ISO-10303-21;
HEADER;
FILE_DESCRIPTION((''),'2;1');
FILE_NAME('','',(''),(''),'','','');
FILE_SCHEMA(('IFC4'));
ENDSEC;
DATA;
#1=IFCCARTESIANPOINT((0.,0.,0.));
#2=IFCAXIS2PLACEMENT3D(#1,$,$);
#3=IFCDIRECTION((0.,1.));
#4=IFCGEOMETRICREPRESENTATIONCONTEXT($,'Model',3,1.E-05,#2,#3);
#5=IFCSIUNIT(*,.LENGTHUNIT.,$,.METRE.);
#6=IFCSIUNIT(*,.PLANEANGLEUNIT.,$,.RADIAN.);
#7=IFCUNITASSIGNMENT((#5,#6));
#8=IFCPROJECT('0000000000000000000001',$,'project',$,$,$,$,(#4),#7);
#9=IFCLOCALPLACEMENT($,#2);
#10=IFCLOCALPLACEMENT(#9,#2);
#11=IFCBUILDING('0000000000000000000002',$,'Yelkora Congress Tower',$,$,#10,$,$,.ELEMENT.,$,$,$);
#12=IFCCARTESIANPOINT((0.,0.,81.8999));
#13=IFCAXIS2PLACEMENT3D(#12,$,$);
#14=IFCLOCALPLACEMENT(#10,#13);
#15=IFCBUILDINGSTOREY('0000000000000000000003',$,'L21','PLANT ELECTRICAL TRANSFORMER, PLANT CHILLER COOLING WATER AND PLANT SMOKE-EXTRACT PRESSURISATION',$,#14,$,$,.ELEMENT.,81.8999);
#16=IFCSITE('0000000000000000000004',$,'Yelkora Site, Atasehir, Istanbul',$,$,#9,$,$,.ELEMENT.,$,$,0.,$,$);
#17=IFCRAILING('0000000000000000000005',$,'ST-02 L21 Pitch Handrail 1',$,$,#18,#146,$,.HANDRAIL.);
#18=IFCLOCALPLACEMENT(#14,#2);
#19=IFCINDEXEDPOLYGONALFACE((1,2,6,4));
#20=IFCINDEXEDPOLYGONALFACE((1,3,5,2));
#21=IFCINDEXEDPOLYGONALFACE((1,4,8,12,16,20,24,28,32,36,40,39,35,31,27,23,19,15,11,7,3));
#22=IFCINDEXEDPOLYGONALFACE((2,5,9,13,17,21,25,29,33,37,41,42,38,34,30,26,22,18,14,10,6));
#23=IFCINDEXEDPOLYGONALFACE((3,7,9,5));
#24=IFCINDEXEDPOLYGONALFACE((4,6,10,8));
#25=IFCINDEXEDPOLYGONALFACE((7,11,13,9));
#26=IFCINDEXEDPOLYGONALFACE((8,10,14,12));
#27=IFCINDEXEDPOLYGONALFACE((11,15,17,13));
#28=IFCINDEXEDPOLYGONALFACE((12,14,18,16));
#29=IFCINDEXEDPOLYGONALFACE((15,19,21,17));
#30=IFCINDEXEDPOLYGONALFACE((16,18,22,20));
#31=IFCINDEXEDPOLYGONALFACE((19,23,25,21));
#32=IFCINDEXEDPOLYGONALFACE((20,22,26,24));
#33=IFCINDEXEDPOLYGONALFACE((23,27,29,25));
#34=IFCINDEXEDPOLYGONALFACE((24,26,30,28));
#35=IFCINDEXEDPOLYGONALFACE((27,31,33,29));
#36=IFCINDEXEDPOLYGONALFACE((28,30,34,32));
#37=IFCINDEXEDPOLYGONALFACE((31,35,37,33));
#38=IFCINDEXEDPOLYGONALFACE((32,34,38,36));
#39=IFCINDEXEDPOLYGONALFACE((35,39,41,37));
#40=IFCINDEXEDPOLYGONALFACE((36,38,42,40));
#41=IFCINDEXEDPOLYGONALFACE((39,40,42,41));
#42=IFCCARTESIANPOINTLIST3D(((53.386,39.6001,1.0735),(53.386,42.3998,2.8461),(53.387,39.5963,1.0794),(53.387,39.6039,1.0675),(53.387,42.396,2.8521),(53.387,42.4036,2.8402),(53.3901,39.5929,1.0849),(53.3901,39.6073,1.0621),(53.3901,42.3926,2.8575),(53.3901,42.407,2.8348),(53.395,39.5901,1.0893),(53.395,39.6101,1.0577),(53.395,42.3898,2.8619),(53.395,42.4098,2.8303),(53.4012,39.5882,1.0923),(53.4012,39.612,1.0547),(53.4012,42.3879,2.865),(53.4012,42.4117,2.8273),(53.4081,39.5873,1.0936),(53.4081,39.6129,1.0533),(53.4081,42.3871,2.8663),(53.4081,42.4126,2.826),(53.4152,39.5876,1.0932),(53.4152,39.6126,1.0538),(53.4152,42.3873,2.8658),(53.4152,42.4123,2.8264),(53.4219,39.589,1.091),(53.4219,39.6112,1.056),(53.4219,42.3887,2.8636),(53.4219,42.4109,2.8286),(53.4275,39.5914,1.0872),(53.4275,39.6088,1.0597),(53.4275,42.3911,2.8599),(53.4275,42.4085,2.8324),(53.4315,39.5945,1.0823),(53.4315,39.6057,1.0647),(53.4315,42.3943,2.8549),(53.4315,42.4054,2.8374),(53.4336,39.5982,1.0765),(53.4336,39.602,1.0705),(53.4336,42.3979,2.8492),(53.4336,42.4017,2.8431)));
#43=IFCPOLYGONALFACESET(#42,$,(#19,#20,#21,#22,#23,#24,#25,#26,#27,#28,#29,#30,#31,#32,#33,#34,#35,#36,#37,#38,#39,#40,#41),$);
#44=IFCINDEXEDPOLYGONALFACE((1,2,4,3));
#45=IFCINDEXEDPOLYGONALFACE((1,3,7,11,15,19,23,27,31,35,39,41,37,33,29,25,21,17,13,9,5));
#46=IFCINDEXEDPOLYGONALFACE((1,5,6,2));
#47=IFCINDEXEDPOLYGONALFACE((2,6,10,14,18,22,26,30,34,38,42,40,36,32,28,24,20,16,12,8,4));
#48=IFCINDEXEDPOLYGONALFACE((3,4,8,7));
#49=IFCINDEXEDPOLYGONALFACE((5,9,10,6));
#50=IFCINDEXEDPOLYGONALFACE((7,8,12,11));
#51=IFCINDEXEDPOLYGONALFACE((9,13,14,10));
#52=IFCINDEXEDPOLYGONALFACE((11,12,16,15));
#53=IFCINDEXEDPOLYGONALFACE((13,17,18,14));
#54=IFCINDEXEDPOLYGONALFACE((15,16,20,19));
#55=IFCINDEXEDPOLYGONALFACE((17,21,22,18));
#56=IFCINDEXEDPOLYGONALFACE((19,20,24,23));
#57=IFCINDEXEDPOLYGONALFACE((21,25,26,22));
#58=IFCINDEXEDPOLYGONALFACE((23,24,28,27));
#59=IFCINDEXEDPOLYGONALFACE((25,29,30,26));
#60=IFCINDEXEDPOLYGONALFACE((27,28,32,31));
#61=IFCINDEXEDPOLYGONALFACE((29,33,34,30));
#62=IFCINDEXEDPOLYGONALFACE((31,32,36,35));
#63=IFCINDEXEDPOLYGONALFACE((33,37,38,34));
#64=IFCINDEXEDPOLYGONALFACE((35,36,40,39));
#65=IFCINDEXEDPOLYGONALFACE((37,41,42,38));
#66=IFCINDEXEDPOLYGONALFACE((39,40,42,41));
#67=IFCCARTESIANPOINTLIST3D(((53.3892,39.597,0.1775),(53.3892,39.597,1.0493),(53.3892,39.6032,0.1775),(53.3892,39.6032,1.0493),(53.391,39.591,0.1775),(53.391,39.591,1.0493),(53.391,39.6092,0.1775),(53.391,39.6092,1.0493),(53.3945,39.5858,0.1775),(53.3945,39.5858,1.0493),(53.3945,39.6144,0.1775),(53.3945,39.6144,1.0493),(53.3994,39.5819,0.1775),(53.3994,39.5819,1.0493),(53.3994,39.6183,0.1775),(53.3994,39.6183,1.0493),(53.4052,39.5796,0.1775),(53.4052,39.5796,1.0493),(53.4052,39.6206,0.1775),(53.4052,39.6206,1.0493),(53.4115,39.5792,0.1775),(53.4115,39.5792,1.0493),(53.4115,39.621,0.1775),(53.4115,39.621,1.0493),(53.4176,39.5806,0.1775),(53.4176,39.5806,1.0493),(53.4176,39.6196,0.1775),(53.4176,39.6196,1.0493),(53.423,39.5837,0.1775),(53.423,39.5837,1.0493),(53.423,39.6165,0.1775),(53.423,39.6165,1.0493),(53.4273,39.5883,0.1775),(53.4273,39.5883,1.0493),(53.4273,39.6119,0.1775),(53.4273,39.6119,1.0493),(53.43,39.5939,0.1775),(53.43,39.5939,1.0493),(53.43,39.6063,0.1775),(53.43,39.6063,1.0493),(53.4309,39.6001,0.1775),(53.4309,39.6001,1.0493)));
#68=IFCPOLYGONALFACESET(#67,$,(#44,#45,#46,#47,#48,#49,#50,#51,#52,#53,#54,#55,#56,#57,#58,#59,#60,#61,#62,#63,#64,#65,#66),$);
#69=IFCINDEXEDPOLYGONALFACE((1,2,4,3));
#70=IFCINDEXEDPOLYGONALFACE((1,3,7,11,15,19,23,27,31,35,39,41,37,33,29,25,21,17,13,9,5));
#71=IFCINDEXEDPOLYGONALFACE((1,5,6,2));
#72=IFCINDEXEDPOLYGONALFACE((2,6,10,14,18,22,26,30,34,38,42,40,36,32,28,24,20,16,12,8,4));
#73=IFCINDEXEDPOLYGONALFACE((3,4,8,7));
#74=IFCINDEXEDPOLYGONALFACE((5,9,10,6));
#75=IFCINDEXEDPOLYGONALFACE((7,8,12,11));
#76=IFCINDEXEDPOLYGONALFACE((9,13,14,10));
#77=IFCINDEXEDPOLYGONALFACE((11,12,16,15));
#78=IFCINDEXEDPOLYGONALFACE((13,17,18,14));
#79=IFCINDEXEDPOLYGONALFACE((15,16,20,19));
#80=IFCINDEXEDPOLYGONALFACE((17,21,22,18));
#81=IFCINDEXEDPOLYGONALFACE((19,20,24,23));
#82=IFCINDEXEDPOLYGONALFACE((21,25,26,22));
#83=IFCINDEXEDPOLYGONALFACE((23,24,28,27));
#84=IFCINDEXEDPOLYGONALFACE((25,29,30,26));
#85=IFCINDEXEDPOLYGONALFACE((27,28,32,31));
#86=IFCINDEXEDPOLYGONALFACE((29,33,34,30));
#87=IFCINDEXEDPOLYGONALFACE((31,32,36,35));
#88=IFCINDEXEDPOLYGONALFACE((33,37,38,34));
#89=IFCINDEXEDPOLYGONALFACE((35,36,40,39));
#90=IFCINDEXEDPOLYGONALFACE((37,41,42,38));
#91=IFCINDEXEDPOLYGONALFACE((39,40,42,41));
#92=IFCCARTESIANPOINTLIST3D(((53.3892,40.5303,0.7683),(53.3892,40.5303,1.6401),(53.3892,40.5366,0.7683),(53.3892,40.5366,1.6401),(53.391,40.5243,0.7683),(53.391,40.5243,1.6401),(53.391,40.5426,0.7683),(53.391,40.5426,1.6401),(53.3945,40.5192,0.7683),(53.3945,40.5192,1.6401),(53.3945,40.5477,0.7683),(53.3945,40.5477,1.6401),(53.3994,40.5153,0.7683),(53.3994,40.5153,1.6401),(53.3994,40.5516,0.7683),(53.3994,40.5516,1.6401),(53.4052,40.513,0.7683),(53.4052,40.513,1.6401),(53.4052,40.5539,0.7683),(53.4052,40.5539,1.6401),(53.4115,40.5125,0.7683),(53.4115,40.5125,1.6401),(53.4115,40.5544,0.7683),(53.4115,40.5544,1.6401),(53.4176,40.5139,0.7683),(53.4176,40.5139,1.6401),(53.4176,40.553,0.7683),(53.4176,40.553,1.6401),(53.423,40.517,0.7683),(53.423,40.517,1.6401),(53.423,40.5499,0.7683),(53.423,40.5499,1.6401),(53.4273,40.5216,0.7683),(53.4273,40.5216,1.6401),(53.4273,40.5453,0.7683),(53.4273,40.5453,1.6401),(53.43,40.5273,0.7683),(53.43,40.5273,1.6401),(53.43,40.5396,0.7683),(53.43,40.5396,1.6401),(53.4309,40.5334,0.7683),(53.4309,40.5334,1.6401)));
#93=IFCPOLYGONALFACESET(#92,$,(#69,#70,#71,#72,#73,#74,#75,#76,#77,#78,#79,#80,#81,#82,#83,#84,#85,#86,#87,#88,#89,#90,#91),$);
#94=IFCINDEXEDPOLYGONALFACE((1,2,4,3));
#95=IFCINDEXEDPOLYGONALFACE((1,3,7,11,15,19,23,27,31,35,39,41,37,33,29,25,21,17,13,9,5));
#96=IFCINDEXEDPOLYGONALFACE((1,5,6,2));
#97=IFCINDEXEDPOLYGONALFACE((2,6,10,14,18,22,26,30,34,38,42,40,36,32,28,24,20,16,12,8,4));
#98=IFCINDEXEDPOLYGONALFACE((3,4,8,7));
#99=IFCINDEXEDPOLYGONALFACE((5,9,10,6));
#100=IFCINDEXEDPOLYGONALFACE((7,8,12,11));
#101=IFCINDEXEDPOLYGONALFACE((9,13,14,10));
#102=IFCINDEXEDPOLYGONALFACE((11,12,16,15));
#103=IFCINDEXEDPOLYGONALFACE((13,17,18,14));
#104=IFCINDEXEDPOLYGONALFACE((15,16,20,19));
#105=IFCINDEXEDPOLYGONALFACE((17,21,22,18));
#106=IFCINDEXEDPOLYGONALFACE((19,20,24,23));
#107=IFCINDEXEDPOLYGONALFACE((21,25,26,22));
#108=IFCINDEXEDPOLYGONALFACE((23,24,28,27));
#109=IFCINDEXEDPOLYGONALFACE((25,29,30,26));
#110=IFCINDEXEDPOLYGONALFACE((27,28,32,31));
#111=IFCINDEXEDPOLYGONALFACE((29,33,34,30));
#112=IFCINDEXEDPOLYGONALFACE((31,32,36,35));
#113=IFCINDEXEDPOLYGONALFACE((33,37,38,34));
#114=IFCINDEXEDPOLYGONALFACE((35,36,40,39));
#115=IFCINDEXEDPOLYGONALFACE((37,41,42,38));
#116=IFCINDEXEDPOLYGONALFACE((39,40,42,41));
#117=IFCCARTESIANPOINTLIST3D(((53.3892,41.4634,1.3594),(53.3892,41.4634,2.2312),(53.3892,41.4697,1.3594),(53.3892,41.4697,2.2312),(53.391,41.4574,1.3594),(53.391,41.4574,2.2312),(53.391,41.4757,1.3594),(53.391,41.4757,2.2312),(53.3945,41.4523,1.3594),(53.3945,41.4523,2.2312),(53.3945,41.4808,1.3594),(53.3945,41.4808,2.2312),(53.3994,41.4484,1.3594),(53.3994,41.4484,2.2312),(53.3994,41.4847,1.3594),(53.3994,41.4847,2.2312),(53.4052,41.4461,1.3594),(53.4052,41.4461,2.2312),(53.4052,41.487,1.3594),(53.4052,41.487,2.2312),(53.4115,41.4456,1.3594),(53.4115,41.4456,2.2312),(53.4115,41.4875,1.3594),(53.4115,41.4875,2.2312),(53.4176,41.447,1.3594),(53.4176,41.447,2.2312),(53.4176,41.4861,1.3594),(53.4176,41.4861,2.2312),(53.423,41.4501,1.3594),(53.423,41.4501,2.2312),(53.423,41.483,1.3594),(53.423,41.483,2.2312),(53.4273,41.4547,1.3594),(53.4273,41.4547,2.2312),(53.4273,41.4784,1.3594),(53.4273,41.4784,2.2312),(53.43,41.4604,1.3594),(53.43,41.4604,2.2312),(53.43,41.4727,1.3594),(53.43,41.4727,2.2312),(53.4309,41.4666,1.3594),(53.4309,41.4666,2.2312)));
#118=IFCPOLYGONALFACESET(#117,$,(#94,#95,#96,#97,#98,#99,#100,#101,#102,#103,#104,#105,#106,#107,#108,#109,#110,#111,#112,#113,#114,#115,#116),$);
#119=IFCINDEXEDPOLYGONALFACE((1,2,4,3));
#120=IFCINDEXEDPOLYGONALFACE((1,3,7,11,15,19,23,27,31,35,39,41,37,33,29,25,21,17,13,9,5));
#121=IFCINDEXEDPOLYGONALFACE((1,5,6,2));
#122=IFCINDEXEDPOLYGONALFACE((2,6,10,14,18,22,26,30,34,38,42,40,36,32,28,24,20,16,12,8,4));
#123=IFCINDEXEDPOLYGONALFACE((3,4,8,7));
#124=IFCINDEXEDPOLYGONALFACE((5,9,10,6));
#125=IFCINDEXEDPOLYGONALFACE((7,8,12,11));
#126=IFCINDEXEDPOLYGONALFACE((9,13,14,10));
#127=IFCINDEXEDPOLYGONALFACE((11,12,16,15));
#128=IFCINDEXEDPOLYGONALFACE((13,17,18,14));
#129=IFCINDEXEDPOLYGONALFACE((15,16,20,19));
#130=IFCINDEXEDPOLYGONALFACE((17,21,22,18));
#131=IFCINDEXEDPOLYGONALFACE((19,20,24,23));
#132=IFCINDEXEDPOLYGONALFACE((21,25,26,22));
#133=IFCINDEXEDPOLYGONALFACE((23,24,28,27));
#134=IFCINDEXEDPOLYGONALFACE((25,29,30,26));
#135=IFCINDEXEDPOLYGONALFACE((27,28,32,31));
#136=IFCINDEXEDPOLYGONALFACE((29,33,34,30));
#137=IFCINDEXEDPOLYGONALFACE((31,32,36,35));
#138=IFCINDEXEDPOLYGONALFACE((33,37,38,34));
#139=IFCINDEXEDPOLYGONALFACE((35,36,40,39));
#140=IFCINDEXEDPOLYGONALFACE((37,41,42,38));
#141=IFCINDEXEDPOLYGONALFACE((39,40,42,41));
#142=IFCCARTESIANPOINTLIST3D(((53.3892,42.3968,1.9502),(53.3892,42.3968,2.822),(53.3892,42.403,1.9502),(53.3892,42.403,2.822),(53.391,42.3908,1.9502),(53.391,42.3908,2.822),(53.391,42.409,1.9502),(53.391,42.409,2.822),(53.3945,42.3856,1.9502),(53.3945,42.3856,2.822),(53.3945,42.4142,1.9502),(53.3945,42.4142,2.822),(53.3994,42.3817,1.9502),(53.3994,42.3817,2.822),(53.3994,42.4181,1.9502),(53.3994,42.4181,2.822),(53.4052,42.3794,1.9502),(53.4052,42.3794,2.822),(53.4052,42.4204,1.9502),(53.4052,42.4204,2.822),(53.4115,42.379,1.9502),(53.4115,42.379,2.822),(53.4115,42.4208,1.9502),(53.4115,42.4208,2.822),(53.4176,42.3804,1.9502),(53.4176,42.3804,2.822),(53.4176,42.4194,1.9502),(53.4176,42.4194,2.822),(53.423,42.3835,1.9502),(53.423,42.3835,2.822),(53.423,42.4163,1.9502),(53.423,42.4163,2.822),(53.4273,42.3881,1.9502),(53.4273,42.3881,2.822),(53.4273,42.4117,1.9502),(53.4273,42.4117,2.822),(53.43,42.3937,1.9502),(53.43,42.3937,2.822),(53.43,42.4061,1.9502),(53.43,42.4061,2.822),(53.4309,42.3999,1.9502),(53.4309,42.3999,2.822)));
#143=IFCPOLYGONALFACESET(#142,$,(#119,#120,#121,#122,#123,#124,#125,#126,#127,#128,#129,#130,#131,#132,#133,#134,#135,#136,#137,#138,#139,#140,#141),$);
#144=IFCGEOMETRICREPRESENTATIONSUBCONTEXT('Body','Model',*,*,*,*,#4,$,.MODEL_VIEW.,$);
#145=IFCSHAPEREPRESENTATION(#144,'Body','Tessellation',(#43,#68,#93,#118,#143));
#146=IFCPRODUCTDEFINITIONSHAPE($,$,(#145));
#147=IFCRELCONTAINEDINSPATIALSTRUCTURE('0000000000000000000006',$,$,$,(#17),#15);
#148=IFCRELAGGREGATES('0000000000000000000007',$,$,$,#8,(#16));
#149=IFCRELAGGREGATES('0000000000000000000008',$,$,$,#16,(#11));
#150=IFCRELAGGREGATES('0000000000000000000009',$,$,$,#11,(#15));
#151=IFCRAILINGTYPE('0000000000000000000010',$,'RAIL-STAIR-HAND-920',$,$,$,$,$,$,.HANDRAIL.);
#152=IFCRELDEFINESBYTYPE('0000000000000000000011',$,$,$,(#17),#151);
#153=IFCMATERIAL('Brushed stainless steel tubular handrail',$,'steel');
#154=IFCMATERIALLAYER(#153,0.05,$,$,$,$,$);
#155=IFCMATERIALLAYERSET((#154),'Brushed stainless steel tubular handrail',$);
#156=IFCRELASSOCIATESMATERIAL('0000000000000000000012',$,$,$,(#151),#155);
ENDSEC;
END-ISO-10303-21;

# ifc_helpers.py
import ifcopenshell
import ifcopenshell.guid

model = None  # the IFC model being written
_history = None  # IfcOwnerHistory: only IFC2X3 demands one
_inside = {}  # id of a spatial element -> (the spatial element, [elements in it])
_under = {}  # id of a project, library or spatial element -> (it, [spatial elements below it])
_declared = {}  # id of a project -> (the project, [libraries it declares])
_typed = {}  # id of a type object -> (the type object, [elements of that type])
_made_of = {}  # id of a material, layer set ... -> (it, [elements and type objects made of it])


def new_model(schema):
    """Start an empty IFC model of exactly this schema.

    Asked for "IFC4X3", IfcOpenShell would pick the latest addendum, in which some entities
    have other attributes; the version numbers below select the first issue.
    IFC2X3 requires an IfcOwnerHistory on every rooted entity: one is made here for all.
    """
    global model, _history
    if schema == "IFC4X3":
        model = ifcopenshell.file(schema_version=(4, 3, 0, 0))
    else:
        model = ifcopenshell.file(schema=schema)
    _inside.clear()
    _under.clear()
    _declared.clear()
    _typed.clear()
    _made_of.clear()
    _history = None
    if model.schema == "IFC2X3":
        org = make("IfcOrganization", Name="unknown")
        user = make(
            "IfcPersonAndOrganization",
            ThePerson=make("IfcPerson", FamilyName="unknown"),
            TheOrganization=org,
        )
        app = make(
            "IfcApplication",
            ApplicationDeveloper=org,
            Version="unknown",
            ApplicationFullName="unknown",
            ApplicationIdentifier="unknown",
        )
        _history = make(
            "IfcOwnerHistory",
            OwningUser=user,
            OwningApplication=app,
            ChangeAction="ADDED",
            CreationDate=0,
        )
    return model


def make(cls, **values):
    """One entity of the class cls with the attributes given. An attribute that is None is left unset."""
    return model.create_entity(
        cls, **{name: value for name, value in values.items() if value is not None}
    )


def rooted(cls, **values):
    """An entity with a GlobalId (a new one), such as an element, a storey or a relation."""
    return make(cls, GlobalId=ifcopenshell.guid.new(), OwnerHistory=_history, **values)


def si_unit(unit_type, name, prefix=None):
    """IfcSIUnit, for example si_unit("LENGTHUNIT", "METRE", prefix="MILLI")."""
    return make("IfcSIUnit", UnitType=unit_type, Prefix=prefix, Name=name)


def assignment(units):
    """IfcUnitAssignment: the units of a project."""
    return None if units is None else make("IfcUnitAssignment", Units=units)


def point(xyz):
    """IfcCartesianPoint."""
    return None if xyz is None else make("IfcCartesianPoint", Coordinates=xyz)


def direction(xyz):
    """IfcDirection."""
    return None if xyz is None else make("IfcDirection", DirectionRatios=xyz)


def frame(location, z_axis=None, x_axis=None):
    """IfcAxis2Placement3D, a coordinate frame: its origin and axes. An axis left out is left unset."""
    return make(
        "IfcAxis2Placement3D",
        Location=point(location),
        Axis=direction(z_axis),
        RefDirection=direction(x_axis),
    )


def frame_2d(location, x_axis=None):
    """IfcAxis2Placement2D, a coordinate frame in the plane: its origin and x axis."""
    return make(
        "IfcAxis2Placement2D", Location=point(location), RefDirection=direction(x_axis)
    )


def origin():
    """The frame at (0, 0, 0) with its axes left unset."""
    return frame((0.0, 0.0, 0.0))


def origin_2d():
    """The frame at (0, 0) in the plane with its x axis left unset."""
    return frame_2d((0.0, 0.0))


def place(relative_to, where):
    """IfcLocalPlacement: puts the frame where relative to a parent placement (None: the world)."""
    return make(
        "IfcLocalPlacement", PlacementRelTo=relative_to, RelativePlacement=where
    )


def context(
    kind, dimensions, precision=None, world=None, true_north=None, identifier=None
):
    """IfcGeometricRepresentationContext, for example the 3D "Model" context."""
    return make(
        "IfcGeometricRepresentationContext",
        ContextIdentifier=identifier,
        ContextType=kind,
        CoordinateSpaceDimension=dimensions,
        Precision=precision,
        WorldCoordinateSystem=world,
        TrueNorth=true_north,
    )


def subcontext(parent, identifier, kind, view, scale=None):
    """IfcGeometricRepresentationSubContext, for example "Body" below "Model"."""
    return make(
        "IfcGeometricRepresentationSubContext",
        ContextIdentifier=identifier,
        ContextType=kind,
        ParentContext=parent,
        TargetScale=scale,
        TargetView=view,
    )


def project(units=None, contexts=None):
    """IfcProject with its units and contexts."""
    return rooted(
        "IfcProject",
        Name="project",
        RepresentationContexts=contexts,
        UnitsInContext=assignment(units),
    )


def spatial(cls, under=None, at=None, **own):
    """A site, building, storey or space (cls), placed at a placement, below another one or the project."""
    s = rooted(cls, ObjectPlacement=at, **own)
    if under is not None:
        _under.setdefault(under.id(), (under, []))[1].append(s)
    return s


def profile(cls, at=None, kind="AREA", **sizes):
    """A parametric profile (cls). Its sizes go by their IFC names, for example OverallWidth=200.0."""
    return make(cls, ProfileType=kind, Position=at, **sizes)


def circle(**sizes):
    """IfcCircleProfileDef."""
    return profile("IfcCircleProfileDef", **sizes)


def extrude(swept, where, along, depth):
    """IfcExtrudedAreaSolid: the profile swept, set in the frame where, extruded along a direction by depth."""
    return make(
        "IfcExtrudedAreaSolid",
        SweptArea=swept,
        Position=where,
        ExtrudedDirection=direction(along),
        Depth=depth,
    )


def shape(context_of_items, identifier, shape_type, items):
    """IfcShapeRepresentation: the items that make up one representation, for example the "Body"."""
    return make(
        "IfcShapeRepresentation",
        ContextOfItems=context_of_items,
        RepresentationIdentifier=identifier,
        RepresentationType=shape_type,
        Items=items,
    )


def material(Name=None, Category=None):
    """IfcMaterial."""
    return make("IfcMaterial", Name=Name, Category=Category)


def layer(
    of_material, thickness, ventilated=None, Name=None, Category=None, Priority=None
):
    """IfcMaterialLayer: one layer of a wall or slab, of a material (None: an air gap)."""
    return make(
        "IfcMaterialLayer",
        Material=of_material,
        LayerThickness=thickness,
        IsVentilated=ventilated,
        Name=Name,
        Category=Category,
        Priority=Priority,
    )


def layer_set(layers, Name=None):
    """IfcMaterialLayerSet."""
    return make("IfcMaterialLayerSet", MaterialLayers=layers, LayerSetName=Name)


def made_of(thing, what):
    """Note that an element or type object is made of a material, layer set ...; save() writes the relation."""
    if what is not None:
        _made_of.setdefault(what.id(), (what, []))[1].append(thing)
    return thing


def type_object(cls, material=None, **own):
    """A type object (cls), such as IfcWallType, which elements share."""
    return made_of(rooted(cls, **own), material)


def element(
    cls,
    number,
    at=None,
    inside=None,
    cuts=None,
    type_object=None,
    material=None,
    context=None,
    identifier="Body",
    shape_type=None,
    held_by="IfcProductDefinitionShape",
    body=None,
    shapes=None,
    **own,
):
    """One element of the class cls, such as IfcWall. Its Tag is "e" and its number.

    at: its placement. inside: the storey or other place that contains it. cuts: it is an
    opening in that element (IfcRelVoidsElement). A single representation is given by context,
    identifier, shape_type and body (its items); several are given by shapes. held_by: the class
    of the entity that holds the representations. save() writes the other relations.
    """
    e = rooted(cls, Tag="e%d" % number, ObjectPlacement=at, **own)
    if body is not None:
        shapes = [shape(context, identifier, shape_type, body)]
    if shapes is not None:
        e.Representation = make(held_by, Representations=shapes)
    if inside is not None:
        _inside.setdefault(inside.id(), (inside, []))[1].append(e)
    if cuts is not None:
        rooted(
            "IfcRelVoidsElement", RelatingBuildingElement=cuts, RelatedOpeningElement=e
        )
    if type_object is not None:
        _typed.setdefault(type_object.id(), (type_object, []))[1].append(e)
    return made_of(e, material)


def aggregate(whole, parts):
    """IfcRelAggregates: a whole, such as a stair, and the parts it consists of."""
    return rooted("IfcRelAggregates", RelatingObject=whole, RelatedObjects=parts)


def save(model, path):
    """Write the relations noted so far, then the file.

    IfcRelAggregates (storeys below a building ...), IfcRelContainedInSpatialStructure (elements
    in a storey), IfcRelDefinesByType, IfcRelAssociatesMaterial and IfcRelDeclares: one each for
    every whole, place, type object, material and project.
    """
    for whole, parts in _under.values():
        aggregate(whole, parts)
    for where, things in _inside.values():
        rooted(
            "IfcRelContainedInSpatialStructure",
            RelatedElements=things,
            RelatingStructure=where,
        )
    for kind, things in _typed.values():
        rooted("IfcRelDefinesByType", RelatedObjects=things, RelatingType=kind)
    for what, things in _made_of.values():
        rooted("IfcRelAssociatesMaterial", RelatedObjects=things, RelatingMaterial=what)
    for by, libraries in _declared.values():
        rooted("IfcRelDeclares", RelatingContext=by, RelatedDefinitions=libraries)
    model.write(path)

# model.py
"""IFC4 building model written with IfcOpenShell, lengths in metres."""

from ifc_helpers import new_model, si_unit, direction, frame, origin, origin_2d, place, context, subcontext, project, spatial, circle, extrude, material, layer, layer_set, type_object, element, save


model = new_model("IFC4")

# Units and contexts
model_context = context("Model", 3, precision=1e-05, world=origin(), true_north=direction((0.0, 1.0)))
body_context = subcontext(model_context, "Body", "Model", "MODEL_VIEW")
ifc_project = project(units=[si_unit("LENGTHUNIT", "METRE"), si_unit("PLANEANGLEUNIT", "RADIAN")], contexts=[model_context])

# Site, building, storey
site_placement = place(None, origin())
site = spatial("IfcSite", under=ifc_project, at=site_placement, Name="Yelkora Site, Atasehir, Istanbul", CompositionType="ELEMENT", RefElevation=0.0)
building_placement = place(site_placement, origin())
building = spatial("IfcBuilding", under=site, at=building_placement, Name="Yelkora Congress Tower", CompositionType="ELEMENT")
storey_placement = place(building_placement, frame((0.0, 0.0, 81.8999)))
storey = spatial("IfcBuildingStorey", under=building, at=storey_placement, Name="L21", Description="PLANT ELECTRICAL TRANSFORMER, PLANT CHILLER COOLING WATER AND PLANT SMOKE-EXTRACT PRESSURISATION", CompositionType="ELEMENT", Elevation=81.8999)

# Railing
ifc_material_1 = material(Name="Brushed stainless steel tubular handrail", Category="steel")
ifc_layer_1 = layer(ifc_material_1, 0.05)
ifc_layer_set_1 = layer_set([ifc_layer_1], Name="Brushed stainless steel tubular handrail")
railing_type_1 = type_object("IfcRailingType", Name="RAIL-STAIR-HAND-920", PredefinedType="HANDRAIL", material=ifc_layer_set_1)
railing_1_placement = place(storey_placement, frame((53.4099, 39.6001, 0.1775)))
element("IfcRailing", 1, at=railing_1_placement, inside=storey, type_object=railing_type_1, Name="ST-02 L21 Pitch Handrail 1", PredefinedType="HANDRAIL", context=body_context, shape_type="SweptSolid", body=[
    extrude(circle(Radius=0.0239, at=origin_2d()), frame((0.0, 0.0, 0.896), z_axis=(0.0, 0.844888, 0.534943), x_axis=(-1.0, 0.0, 0.0)), (0.0, 0.0, 1.0), 3.3137),
    extrude(circle(Radius=0.021, at=origin_2d()), origin(), (0.0, 0.0, 1.0), 0.8718),
    extrude(circle(Radius=0.021, at=origin_2d()), frame((0.0, 0.9333, 0.5908)), (0.0, 0.0, 1.0), 0.8718),
    extrude(circle(Radius=0.021, at=origin_2d()), frame((0.0, 1.8665, 1.1819)), (0.0, 0.0, 1.0), 0.8718),
    extrude(circle(Radius=0.021, at=origin_2d()), frame((0.0, 2.7998, 1.7727)), (0.0, 0.0, 1.0), 0.8718),
])

save(model, "model.ifc")
